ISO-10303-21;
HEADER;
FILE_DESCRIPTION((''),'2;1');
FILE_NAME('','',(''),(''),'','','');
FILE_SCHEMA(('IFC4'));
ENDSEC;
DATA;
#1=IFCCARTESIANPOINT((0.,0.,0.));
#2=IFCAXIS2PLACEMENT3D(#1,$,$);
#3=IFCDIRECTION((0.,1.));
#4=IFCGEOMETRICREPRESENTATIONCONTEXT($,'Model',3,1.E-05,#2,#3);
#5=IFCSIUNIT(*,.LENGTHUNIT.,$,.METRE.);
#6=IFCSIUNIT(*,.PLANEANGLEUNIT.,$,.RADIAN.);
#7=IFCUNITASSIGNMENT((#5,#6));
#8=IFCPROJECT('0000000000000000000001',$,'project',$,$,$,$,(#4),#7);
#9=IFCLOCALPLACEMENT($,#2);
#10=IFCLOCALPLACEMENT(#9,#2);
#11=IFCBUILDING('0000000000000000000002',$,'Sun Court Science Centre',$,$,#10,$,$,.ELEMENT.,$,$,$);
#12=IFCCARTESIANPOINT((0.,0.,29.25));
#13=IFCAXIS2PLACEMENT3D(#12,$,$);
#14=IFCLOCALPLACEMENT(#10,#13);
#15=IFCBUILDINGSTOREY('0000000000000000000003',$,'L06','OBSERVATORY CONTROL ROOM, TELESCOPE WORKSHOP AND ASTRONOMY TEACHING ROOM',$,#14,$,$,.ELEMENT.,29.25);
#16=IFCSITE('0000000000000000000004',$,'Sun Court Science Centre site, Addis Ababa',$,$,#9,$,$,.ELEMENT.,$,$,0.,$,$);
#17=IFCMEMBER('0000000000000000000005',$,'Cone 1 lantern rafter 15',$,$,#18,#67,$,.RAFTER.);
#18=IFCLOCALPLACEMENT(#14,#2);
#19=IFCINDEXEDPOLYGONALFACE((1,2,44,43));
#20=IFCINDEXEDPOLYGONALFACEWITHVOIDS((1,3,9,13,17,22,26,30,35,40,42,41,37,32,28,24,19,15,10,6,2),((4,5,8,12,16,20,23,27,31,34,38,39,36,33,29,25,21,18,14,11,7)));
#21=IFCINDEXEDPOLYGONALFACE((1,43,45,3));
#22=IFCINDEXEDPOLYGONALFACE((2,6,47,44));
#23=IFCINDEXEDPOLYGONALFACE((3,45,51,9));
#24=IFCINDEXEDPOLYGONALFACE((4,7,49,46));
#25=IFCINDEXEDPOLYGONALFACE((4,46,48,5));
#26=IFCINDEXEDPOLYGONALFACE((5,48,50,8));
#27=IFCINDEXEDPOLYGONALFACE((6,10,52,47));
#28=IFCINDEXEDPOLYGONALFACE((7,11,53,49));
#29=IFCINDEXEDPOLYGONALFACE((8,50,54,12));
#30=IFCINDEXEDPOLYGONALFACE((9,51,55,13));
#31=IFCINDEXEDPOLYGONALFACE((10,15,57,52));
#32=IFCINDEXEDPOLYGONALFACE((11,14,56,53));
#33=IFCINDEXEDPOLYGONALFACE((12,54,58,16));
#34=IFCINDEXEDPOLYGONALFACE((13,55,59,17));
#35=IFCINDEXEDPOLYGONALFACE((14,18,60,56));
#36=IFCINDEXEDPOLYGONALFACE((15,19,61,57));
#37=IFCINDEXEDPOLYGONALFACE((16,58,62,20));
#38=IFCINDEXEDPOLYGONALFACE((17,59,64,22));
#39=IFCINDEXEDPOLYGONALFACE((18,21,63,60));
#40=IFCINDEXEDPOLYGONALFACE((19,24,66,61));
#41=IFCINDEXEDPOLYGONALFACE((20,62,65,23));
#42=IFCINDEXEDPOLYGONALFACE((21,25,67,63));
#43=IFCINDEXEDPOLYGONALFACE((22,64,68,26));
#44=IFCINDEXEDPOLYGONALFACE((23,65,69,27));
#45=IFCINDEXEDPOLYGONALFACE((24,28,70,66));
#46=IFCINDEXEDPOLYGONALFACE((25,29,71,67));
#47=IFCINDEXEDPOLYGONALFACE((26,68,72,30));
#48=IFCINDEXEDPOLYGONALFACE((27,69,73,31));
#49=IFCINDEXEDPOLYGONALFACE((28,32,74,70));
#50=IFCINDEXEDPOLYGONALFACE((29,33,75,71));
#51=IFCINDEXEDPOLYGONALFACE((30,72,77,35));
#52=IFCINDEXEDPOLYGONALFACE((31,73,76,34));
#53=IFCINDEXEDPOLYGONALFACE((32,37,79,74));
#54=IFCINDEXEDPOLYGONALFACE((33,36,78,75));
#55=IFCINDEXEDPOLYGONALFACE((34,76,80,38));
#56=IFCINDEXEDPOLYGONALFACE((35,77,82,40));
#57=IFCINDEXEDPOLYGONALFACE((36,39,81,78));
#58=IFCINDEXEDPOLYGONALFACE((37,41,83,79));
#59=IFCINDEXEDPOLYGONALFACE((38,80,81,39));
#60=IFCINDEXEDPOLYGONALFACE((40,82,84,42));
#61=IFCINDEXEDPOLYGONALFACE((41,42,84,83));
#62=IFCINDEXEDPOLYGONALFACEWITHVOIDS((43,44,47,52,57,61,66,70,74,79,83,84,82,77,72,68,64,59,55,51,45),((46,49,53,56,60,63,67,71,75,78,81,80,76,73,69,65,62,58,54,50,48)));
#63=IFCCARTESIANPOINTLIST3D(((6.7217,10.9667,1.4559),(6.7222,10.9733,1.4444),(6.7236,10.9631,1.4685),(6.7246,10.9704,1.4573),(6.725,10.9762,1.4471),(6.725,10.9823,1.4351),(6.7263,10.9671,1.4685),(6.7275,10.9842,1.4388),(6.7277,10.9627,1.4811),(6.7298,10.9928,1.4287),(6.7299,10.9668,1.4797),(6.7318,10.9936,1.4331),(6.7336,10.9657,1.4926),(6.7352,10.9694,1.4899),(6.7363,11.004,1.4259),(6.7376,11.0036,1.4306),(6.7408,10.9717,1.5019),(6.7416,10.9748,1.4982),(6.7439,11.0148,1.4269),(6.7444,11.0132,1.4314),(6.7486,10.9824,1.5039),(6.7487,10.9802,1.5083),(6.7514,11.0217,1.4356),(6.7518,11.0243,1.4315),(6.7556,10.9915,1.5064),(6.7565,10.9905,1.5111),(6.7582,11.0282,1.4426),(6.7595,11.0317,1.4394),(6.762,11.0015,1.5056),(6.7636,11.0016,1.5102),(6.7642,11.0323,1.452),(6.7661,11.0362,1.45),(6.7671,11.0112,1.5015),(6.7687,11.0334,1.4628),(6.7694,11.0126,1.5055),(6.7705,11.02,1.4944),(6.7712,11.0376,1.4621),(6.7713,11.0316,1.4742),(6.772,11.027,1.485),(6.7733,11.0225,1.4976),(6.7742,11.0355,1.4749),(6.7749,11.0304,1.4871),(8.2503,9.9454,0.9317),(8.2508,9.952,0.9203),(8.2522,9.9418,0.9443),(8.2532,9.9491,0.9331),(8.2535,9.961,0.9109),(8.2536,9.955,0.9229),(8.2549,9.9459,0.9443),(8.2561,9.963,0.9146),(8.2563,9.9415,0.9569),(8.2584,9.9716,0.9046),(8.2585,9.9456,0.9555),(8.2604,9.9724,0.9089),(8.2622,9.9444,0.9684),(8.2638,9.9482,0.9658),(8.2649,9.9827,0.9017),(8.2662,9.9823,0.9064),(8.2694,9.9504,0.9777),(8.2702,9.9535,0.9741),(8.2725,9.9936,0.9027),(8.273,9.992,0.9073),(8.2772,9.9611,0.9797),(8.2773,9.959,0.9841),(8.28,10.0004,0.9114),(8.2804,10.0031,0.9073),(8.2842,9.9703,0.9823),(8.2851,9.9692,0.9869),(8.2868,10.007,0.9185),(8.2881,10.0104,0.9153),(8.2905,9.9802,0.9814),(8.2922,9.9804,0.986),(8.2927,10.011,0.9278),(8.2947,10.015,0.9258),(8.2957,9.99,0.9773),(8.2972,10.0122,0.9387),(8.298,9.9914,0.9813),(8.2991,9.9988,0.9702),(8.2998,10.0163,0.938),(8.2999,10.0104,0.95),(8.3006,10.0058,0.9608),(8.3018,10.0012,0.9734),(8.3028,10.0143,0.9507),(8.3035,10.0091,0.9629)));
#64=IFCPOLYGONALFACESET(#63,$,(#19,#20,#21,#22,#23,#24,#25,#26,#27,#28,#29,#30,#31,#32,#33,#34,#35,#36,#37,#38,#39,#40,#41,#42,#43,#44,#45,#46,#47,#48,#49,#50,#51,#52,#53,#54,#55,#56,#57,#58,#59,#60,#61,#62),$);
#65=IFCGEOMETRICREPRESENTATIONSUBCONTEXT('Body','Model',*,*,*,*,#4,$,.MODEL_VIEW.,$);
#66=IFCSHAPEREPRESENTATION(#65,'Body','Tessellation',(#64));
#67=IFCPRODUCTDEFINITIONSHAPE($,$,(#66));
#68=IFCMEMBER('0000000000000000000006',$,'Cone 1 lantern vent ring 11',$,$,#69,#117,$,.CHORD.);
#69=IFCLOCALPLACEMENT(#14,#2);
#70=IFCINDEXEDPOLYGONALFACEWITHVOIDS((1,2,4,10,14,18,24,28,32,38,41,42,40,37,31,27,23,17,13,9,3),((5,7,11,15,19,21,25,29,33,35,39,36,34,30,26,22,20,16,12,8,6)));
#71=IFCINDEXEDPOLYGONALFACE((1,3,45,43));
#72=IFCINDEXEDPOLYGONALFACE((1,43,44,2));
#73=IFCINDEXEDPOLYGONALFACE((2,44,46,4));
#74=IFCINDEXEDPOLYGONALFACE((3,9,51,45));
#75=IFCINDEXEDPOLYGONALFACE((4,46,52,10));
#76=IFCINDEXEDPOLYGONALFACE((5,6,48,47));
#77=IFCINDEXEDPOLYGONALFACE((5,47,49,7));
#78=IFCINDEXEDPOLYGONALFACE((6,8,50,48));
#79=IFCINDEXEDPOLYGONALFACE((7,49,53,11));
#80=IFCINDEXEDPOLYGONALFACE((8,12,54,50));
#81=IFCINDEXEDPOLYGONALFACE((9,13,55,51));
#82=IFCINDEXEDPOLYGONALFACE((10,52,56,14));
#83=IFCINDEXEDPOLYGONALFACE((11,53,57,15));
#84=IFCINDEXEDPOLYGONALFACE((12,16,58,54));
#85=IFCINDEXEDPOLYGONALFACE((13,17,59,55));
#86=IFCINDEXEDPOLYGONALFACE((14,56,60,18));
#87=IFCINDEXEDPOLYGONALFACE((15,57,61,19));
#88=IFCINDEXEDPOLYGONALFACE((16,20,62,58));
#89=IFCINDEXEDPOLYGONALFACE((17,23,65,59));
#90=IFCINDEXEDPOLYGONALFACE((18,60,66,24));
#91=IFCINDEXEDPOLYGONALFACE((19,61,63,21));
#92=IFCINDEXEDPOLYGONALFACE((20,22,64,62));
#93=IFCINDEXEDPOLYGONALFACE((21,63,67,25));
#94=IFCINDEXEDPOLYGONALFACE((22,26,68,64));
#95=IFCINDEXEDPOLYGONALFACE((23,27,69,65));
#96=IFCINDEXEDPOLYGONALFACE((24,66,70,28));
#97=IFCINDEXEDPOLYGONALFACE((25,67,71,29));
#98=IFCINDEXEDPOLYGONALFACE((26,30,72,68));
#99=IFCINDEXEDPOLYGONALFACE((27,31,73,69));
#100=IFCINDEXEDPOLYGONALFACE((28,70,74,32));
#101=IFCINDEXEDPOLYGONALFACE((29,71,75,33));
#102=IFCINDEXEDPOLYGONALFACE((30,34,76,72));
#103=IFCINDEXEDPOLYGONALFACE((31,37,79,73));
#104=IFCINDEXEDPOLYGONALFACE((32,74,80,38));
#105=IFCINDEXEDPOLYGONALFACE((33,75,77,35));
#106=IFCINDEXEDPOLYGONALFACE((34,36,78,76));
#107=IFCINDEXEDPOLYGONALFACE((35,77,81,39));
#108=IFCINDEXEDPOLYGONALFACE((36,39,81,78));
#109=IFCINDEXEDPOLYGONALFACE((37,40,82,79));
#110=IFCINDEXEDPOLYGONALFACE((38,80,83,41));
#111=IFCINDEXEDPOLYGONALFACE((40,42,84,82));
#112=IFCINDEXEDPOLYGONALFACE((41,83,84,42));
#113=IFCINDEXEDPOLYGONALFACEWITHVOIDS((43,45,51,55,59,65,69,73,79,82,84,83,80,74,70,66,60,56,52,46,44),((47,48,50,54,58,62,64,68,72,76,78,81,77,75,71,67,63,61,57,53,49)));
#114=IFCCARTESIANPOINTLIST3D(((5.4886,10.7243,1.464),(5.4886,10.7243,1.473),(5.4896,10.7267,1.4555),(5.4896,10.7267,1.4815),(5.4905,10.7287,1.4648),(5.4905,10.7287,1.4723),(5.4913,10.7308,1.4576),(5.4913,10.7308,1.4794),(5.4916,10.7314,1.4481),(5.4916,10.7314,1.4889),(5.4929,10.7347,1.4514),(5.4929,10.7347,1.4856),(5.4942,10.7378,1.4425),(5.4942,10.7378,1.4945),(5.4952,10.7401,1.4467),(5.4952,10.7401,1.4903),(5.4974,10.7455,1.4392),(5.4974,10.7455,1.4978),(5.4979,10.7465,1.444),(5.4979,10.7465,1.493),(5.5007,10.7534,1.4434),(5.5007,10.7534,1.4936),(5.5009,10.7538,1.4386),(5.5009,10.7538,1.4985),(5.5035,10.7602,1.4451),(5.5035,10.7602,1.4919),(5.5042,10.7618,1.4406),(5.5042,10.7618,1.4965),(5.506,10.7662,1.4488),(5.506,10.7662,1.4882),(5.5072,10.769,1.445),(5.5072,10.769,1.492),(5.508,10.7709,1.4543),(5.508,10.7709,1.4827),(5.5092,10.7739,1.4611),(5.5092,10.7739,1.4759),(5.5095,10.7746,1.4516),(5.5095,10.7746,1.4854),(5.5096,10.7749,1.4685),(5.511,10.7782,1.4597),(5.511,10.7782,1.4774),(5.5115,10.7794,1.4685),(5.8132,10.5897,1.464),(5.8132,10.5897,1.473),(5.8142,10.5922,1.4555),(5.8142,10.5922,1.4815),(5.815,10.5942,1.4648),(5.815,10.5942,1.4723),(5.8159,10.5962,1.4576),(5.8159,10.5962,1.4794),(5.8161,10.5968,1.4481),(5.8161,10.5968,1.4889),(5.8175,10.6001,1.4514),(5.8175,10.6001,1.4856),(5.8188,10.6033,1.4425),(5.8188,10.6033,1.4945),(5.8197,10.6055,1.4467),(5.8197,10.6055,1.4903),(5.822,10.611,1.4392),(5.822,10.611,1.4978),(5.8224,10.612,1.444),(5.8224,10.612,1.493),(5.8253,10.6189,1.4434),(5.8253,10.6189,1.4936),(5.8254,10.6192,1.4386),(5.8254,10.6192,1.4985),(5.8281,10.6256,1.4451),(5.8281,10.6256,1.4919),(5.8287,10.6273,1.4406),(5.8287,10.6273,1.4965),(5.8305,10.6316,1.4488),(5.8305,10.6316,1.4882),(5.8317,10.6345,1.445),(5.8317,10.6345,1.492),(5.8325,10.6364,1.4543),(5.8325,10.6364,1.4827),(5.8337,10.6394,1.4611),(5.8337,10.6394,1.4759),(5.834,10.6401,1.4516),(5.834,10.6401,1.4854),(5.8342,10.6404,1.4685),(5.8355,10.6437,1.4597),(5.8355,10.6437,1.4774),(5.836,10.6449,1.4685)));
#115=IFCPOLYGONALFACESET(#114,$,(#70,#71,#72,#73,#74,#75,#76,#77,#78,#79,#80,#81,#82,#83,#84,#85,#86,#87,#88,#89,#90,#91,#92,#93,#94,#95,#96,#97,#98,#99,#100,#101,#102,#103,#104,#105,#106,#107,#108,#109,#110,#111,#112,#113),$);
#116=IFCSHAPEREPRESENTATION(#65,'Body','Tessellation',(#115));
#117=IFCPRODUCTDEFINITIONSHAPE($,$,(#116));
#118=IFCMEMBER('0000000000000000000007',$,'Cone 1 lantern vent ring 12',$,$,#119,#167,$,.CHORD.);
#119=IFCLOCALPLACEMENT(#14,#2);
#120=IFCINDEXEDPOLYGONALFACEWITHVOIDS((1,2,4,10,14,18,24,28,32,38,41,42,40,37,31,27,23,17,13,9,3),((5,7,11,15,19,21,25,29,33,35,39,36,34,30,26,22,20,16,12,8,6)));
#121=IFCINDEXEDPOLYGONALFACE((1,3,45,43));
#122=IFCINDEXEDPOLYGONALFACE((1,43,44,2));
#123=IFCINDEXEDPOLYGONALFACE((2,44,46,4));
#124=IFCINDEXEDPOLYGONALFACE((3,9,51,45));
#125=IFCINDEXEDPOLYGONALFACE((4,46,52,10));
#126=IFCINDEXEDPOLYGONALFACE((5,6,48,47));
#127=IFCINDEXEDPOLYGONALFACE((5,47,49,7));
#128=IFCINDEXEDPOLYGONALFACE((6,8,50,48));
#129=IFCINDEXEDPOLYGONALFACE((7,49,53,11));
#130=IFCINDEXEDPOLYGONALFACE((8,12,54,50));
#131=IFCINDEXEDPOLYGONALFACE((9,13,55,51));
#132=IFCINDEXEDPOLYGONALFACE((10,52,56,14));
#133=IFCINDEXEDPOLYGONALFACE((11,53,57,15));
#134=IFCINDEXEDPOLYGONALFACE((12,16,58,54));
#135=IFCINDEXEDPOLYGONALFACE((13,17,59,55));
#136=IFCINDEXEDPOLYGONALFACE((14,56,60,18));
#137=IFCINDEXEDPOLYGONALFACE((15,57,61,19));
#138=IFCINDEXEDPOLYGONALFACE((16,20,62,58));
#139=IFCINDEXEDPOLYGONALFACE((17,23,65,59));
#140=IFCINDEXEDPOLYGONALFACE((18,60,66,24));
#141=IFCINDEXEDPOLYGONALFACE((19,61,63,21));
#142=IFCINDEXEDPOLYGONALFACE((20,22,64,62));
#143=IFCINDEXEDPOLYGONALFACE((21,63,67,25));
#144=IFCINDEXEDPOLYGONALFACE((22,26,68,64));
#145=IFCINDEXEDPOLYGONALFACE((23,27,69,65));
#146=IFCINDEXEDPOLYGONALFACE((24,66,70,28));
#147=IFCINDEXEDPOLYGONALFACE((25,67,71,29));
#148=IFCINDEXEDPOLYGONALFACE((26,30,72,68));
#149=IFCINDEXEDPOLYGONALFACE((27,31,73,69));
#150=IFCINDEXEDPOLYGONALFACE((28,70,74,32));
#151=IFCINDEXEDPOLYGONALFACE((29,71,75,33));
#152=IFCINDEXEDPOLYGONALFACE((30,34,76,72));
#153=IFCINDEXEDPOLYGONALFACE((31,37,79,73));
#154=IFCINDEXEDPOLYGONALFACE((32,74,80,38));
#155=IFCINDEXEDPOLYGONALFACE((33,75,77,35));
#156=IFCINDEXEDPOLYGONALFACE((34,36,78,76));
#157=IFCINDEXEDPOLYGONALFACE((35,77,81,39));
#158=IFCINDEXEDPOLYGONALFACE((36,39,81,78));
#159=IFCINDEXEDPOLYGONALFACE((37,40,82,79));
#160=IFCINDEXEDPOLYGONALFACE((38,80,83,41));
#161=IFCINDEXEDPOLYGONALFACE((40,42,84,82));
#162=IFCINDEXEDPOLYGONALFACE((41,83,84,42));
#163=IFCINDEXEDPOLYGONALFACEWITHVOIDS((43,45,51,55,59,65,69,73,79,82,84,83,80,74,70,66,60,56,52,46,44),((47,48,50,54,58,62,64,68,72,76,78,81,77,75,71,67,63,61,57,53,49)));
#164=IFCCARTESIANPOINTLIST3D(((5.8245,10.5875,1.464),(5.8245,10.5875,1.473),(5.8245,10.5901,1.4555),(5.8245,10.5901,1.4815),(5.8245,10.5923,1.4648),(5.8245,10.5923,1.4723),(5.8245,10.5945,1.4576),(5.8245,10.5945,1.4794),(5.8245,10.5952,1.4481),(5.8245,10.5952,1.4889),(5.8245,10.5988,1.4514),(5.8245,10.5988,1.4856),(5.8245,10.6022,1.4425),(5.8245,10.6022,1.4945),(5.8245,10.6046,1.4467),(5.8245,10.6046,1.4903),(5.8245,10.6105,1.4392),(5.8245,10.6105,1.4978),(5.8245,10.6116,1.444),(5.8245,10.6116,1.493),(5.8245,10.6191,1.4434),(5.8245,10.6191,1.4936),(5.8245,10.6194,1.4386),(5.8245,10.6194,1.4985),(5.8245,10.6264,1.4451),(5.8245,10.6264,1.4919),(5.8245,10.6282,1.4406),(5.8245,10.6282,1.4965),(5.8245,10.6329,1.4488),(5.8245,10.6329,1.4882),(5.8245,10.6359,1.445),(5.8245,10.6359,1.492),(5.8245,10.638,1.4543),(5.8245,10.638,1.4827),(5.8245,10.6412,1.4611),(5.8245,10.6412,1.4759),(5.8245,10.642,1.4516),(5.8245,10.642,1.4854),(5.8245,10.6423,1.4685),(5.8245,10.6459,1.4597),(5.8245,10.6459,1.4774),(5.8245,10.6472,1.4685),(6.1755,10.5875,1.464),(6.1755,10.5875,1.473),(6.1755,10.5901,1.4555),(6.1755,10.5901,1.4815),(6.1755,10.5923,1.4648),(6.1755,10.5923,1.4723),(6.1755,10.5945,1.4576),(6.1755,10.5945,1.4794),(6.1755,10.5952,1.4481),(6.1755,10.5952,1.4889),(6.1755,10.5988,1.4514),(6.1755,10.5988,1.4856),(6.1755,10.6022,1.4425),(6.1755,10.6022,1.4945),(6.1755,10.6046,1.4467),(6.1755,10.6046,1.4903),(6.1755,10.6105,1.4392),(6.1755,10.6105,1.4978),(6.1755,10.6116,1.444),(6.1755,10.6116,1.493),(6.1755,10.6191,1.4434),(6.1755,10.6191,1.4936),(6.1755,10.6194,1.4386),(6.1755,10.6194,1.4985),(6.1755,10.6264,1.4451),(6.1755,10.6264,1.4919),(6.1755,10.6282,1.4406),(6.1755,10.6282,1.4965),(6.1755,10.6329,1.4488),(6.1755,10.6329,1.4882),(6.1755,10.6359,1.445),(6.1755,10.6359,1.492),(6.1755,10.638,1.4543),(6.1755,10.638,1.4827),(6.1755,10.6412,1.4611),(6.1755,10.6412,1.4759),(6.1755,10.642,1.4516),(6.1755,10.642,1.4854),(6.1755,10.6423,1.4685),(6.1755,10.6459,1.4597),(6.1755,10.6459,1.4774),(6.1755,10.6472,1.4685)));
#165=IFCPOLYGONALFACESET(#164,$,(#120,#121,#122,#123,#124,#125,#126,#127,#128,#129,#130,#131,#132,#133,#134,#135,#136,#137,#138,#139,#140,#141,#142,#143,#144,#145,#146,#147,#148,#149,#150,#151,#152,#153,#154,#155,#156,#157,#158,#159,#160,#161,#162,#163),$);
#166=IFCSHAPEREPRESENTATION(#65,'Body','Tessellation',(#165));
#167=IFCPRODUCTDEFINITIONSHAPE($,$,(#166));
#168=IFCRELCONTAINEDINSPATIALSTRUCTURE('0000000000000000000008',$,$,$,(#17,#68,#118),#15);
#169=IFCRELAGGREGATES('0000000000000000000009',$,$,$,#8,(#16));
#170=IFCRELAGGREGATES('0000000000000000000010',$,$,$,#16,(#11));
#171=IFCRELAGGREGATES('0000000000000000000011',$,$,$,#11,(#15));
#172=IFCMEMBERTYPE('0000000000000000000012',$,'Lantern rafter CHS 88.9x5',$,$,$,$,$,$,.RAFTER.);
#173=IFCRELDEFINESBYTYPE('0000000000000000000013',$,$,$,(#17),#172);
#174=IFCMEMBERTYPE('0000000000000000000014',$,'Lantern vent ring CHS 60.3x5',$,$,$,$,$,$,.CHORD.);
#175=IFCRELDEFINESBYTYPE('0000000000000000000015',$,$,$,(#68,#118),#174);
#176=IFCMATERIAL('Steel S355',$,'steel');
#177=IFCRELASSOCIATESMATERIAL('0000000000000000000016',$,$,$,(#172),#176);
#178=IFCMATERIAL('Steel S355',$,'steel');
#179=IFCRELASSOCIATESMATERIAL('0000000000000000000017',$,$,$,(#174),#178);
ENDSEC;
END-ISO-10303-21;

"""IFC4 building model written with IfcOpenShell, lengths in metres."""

from ifc_helpers import new_model, si_unit, direction, frame, origin, origin_2d, place, context, subcontext, project, spatial, hollow_circle, extrude, material, material_profile, profile_set, type_object, element, save


model = new_model("IFC4")

# Units and contexts
model_context = context("Model", 3, precision=1e-05, world=origin(), true_north=direction((0.0, 1.0)))
body_context = subcontext(model_context, "Body", "Model", "MODEL_VIEW")
ifc_project = project(units=[si_unit("LENGTHUNIT", "METRE"), si_unit("PLANEANGLEUNIT", "RADIAN")], contexts=[model_context])

# Site, building, storey
site_placement = place(None, origin())
site = spatial("IfcSite", under=ifc_project, at=site_placement, Name="Sun Court Science Centre site, Addis Ababa", CompositionType="ELEMENT", RefElevation=0.0)
building_placement = place(site_placement, origin())
building = spatial("IfcBuilding", under=site, at=building_placement, Name="Sun Court Science Centre", CompositionType="ELEMENT")
storey_placement = place(building_placement, frame((0.0, 0.0, 29.25)))
storey = spatial("IfcBuildingStorey", under=building, at=storey_placement, Name="L06", Description="OBSERVATORY CONTROL ROOM, TELESCOPE WORKSHOP AND ASTRONOMY TEACHING ROOM", CompositionType="ELEMENT", Elevation=29.25)

# Members
ifc_material_1 = material(Name="Steel S355", Category="steel")
ifc_material_profile_1 = material_profile(ifc_material_1, hollow_circle(Radius=0.0444, WallThickness=0.0049, at=origin_2d()), Name="CHS 88.9x5")
ifc_profile_set_1 = profile_set([ifc_material_profile_1], Name="Steel S355")
member_type_1 = type_object("IfcMemberType", Name="Lantern rafter CHS 88.9x5", PredefinedType="RAFTER", material=ifc_profile_set_1)
for number, where, z_axis, x_axis, name in (
    (1, (8.2769, 9.9788, 0.9443), (-0.799628, 0.534235, 0.274206), (-0.555527, -0.831498, 0.0), "Cone 1 lantern rafter 15"),
):
    element("IfcMember", number, at=place(storey_placement, frame(where, z_axis=z_axis, x_axis=x_axis)), inside=storey, type_object=member_type_1, Name=name, PredefinedType="RAFTER", context=body_context, shape_type="SweptSolid", body=[
        extrude(hollow_circle(Radius=0.0444, WallThickness=0.0049, at=origin_2d()), origin(), (0.0, 0.0, 1.0), 1.9116),
    ])
ifc_material_2 = material(Name="Steel S355", Category="steel")
ifc_material_profile_2 = material_profile(ifc_material_2, hollow_circle(Radius=0.03, WallThickness=0.0049, at=origin_2d()), Name="CHS 60.3x5")
ifc_profile_set_2 = profile_set([ifc_material_profile_2], Name="Steel S355")
member_type_2 = type_object("IfcMemberType", Name="Lantern vent ring CHS 60.3x5", PredefinedType="CHORD", material=ifc_profile_set_2)
member_1_placement = place(storey_placement, frame((5.5, 10.7517, 1.4685), z_axis=(0.923754, -0.382986, 0.0), x_axis=(0.382986, 0.923754, 0.0)))
element("IfcMember", 2, at=member_1_placement, inside=storey, type_object=member_type_2, Name="Cone 1 lantern vent ring 11", PredefinedType="CHORD", context=body_context, shape_type="SweptSolid", body=[
    extrude(hollow_circle(Radius=0.03, WallThickness=0.0049, at=origin_2d()), origin(), (0.0, 0.0, 1.0), 0.3513),
])
member_2_placement = place(storey_placement, frame((5.8245, 10.6172, 1.4685), z_axis=(1.0, 0.0, 0.0), x_axis=(0.0, 1.0, 0.0)))
element("IfcMember", 3, at=member_2_placement, inside=storey, type_object=member_type_2, Name="Cone 1 lantern vent ring 12", PredefinedType="CHORD", context=body_context, shape_type="SweptSolid", body=[
    extrude(hollow_circle(Radius=0.03, WallThickness=0.0049, at=origin_2d()), origin(), (0.0, 0.0, 1.0), 0.3511),
])

save(model, "model.ifc")
